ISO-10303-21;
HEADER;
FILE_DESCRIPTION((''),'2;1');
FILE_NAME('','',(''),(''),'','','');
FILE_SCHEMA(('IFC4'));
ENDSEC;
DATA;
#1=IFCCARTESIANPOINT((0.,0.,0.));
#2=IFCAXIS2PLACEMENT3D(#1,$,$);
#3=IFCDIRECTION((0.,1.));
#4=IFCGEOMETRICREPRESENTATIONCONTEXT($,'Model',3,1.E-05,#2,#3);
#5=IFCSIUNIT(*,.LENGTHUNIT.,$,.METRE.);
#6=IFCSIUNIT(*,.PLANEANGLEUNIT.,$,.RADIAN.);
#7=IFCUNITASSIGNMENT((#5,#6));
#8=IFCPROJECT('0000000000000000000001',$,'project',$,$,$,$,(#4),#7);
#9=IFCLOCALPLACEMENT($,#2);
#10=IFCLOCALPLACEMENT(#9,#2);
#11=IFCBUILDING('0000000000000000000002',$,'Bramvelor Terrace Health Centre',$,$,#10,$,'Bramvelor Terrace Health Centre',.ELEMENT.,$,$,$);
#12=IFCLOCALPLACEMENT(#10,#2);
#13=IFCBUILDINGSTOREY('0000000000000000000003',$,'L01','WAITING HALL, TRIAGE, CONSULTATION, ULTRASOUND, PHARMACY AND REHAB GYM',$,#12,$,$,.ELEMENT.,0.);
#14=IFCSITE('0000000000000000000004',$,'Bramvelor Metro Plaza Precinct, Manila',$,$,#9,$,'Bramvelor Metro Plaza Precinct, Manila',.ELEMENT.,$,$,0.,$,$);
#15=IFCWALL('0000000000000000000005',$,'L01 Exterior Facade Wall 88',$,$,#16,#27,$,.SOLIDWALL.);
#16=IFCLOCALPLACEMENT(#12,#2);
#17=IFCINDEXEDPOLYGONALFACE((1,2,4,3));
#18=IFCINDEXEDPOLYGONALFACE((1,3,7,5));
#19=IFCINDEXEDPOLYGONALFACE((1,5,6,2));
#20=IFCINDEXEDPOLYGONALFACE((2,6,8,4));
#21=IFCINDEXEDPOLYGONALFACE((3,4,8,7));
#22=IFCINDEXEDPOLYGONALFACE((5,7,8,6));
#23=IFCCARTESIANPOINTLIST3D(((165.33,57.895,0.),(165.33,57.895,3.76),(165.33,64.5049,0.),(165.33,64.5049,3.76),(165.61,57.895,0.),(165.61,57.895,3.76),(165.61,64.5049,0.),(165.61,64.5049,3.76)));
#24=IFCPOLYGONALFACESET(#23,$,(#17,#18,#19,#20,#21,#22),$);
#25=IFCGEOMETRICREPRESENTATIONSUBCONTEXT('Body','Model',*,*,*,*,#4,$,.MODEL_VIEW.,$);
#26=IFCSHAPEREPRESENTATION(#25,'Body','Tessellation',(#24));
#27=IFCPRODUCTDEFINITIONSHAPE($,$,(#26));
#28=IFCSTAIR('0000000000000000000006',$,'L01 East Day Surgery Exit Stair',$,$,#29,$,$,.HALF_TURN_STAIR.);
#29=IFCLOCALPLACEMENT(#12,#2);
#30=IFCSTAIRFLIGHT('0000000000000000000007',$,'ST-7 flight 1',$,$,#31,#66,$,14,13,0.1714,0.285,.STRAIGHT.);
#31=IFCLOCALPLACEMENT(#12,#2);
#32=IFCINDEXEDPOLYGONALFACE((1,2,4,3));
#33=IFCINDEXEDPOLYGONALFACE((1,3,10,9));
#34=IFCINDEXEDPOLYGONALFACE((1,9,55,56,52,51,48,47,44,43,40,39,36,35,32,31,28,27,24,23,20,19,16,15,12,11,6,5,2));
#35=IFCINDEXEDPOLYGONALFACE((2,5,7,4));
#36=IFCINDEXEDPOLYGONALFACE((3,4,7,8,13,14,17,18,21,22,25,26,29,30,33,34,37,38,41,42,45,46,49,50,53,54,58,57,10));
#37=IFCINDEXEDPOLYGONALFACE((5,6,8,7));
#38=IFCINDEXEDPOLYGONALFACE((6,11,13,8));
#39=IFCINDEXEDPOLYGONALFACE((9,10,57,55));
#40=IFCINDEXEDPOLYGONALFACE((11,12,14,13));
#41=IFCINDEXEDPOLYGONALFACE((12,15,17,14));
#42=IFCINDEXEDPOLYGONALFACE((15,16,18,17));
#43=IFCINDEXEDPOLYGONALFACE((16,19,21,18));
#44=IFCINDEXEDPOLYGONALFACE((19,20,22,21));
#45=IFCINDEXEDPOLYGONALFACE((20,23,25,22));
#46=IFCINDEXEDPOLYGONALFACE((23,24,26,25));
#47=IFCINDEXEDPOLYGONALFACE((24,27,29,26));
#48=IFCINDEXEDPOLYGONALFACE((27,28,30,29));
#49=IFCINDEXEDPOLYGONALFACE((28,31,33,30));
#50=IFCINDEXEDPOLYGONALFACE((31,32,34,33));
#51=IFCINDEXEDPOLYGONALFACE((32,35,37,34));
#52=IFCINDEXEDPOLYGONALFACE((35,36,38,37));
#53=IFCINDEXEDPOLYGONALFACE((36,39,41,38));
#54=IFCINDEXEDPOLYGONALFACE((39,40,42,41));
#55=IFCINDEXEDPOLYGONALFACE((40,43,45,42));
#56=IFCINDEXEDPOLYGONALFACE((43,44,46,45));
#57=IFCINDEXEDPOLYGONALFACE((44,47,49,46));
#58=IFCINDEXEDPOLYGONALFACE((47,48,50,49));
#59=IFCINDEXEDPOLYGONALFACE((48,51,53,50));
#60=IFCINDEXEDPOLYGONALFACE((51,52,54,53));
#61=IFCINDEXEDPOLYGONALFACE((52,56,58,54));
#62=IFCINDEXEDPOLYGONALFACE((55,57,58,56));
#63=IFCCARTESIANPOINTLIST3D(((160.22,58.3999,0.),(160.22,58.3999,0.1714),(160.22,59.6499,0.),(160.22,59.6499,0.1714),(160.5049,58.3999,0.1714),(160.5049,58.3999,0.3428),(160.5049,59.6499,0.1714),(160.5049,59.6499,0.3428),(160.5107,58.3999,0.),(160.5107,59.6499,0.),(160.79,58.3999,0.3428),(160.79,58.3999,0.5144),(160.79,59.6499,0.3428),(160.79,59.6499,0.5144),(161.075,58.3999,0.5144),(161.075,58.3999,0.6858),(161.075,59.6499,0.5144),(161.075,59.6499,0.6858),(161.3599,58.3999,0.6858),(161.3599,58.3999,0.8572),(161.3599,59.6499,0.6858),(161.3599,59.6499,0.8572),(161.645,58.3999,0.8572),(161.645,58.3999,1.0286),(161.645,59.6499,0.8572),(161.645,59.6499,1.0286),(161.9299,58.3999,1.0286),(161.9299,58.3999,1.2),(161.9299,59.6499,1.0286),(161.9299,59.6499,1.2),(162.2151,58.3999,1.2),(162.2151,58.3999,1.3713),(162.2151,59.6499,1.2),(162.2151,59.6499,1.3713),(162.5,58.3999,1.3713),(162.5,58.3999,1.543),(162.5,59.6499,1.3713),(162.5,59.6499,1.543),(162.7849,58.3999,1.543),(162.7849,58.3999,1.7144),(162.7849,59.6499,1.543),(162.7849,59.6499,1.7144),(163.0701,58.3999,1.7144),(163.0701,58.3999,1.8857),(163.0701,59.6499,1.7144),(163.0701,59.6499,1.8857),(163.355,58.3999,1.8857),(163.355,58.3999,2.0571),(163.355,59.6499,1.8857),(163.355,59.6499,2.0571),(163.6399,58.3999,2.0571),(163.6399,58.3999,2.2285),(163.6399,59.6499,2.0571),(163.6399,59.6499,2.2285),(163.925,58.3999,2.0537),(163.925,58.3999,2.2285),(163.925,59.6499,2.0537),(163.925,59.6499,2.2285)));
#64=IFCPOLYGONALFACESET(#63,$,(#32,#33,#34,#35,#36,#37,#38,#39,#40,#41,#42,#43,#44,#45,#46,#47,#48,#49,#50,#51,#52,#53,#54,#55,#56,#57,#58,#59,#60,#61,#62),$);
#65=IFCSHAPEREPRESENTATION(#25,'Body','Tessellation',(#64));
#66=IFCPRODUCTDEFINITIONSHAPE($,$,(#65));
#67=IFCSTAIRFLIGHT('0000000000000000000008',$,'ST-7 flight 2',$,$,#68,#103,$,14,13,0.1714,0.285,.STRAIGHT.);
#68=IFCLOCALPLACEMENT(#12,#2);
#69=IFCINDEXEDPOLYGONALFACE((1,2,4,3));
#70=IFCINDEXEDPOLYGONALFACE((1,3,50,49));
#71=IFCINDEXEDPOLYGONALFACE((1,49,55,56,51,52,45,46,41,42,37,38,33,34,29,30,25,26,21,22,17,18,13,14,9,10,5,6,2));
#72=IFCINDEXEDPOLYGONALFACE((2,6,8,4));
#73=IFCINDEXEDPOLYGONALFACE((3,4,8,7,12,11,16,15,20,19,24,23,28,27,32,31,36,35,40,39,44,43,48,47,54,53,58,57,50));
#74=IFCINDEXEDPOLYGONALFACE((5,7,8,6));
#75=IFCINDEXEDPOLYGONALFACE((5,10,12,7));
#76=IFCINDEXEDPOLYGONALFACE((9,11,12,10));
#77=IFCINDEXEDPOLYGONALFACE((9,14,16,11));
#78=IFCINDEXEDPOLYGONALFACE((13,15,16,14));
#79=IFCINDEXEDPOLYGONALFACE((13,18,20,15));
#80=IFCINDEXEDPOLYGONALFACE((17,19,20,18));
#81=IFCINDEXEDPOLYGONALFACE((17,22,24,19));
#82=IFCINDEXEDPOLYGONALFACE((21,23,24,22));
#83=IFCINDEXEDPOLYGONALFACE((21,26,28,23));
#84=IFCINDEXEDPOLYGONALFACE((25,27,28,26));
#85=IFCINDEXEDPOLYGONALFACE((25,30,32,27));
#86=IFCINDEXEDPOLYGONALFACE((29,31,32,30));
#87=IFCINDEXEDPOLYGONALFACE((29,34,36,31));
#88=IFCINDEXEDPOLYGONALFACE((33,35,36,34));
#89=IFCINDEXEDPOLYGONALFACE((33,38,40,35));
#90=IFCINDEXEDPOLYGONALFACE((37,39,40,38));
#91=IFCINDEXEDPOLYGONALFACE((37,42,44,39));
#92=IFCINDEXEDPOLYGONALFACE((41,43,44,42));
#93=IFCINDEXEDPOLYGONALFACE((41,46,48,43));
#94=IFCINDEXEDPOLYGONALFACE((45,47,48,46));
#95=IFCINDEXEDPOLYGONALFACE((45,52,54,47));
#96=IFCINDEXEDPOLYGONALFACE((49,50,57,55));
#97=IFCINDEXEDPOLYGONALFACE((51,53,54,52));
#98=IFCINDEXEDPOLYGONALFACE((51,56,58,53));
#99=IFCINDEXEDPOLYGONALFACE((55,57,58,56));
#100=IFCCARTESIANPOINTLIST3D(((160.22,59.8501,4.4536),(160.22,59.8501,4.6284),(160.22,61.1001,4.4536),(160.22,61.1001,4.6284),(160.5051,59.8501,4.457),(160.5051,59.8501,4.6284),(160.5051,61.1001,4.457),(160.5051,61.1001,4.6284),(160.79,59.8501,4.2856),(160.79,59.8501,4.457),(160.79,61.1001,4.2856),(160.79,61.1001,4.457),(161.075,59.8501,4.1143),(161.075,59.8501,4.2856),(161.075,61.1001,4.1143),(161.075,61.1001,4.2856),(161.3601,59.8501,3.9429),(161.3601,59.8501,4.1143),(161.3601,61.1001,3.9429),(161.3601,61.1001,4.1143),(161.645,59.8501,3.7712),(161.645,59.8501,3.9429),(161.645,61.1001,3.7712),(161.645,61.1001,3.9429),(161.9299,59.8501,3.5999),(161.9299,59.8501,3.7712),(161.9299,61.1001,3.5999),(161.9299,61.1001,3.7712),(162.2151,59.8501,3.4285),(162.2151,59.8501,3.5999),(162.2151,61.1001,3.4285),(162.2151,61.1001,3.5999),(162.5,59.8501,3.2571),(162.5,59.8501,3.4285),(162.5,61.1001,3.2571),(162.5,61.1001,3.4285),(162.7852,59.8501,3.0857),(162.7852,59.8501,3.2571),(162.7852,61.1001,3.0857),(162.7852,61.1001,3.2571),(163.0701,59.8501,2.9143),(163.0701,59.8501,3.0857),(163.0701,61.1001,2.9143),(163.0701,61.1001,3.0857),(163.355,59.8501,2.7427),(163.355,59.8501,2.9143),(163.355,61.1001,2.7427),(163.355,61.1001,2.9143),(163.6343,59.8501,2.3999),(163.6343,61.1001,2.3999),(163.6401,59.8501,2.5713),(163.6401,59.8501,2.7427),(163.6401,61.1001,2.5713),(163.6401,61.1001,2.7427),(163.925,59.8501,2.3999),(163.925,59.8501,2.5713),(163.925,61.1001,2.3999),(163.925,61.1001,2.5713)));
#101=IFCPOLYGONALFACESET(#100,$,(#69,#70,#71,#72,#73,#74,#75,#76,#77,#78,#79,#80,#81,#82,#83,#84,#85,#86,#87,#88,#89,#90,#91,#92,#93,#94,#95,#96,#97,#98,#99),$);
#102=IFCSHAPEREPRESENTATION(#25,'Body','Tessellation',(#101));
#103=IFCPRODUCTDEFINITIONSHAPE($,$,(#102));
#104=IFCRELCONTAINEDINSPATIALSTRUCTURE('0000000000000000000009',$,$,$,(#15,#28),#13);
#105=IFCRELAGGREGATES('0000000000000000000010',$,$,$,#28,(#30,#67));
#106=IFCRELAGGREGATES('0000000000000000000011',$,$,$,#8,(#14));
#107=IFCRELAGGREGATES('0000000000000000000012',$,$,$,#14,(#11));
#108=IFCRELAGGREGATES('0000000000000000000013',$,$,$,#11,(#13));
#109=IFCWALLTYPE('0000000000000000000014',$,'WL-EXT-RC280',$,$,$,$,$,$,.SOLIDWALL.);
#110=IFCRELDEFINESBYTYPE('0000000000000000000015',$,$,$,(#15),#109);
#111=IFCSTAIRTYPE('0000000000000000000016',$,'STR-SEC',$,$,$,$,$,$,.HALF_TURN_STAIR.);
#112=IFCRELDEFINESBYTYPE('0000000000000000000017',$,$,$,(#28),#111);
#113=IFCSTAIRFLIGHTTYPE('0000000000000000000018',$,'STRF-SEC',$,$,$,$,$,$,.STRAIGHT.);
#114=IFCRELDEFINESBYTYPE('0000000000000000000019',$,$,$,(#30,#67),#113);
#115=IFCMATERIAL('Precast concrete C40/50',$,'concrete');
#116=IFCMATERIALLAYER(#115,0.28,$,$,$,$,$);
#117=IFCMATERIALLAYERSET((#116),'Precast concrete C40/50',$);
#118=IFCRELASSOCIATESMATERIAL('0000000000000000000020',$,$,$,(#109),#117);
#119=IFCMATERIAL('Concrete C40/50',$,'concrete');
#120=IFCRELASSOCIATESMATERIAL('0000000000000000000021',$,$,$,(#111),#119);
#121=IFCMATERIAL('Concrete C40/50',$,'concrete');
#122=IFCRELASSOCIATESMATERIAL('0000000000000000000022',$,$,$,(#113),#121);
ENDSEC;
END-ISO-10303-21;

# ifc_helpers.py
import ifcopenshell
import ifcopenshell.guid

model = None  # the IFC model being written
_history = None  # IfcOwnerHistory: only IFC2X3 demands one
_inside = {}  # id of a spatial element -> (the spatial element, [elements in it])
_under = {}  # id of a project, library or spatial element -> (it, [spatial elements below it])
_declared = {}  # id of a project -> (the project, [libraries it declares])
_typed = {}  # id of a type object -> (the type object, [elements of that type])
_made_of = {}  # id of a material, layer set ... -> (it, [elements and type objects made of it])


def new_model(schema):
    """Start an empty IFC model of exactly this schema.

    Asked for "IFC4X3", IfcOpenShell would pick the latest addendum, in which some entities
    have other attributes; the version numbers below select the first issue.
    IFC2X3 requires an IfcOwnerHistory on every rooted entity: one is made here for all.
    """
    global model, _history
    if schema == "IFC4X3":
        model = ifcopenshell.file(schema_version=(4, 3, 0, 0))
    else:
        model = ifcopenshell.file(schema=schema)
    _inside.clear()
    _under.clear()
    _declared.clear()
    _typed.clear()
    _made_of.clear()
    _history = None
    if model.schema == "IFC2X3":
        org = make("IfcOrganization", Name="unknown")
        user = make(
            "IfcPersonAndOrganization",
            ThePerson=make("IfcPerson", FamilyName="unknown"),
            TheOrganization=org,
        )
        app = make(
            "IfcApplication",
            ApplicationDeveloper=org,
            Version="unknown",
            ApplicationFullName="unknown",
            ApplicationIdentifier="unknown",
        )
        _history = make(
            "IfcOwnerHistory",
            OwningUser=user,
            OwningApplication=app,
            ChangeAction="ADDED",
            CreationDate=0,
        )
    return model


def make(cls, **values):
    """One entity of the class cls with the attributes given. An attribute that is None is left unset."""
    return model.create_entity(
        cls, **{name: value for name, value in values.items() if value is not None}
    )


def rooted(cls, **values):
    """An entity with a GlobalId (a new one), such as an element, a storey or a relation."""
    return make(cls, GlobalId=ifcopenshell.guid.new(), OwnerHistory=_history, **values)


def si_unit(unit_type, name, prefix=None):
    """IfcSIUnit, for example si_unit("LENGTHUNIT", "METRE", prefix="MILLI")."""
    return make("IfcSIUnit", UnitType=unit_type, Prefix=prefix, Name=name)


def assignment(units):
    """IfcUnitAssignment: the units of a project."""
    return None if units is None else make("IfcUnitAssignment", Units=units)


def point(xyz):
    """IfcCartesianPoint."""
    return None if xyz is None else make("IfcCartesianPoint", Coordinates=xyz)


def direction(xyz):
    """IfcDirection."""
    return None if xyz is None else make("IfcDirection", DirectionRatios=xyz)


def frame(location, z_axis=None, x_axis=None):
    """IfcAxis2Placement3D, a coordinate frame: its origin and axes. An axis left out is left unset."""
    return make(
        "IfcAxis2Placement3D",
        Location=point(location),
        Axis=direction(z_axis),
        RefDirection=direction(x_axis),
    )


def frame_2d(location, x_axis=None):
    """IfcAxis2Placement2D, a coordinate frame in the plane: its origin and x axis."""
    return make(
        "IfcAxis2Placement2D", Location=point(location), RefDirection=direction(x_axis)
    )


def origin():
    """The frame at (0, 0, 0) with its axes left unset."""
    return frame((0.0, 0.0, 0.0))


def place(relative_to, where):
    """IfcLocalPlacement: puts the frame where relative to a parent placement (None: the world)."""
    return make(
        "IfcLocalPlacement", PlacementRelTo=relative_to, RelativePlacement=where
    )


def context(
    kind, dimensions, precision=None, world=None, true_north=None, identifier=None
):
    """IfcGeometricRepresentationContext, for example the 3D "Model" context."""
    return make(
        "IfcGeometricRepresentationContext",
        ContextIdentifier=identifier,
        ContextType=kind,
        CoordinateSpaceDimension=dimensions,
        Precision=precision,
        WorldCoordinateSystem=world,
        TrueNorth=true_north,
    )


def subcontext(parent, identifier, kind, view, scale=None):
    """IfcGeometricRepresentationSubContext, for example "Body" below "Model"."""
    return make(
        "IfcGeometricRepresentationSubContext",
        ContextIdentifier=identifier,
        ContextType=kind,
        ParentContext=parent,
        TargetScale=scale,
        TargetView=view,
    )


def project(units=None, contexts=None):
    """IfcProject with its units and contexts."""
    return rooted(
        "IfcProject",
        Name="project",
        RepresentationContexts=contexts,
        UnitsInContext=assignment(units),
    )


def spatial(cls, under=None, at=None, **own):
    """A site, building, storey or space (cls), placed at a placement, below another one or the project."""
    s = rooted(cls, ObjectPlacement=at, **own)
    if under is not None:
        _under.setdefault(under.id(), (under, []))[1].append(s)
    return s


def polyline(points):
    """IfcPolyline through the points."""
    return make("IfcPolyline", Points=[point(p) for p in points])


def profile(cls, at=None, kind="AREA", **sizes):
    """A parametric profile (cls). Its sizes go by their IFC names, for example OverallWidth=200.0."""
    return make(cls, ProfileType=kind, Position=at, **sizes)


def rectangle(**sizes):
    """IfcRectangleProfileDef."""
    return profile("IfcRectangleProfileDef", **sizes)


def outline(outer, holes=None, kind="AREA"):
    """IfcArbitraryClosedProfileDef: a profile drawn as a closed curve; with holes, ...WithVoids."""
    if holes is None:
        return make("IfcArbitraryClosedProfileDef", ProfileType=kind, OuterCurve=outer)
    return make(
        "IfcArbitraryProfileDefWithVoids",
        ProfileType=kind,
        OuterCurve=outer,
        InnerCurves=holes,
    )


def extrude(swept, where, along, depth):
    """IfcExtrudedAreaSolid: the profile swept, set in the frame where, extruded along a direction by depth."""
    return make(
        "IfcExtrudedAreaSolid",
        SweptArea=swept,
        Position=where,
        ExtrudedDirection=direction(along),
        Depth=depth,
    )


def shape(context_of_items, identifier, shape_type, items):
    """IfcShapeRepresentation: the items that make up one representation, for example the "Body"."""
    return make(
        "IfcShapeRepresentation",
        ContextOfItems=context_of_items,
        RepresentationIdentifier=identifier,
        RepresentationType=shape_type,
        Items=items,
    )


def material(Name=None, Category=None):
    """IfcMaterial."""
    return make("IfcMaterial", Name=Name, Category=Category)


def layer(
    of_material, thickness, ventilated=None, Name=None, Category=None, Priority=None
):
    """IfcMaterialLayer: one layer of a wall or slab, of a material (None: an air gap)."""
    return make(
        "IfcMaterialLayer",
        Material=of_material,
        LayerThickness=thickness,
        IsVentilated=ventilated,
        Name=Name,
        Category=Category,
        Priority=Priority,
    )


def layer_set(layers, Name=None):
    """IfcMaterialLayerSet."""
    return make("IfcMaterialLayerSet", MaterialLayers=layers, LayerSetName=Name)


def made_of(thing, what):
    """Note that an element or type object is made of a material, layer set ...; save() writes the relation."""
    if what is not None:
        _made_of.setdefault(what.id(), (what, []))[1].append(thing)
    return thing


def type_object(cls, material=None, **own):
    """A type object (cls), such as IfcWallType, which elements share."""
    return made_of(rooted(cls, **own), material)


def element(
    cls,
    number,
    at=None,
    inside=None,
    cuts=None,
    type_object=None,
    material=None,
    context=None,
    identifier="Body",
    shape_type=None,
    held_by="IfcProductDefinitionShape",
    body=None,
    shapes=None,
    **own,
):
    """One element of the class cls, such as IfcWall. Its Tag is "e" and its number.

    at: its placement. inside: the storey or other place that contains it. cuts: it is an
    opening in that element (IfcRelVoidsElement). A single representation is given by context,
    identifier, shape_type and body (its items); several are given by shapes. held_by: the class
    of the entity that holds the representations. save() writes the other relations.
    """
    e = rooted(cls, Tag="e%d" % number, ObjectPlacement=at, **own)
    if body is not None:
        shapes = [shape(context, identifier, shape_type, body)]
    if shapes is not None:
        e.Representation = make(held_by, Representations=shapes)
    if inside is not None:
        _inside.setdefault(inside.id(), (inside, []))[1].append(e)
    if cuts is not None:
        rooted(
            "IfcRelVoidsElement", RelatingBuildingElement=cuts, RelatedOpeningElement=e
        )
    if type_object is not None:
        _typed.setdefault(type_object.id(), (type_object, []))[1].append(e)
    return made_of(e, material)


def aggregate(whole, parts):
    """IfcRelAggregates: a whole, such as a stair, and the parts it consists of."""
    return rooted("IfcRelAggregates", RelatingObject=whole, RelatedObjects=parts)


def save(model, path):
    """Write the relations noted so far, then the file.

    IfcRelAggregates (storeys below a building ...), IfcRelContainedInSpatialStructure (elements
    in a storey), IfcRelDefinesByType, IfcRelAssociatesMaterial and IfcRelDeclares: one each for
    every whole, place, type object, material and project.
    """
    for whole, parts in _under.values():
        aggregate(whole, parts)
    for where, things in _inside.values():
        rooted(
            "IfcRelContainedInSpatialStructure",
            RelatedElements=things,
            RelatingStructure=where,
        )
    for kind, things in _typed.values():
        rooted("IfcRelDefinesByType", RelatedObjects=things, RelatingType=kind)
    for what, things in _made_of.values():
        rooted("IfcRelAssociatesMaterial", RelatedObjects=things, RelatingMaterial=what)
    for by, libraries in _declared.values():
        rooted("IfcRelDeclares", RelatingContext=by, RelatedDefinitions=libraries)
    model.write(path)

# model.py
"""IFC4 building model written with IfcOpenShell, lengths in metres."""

from ifc_helpers import new_model, si_unit, direction, frame, frame_2d, origin, place, context, subcontext, project, spatial, polyline, rectangle, outline, extrude, material, layer, layer_set, type_object, element, aggregate, save


model = new_model("IFC4")

# Units and contexts
model_context = context("Model", 3, precision=1e-05, world=origin(), true_north=direction((0.0, 1.0)))
body_context = subcontext(model_context, "Body", "Model", "MODEL_VIEW")
ifc_project = project(units=[si_unit("LENGTHUNIT", "METRE"), si_unit("PLANEANGLEUNIT", "RADIAN")], contexts=[model_context])

# Site, building, storey
site_placement = place(None, origin())
site = spatial("IfcSite", under=ifc_project, at=site_placement, Name="Bramvelor Metro Plaza Precinct, Manila", LongName="Bramvelor Metro Plaza Precinct, Manila", CompositionType="ELEMENT", RefElevation=0.0)
building_placement = place(site_placement, origin())
building = spatial("IfcBuilding", under=site, at=building_placement, Name="Bramvelor Terrace Health Centre", LongName="Bramvelor Terrace Health Centre", CompositionType="ELEMENT")
storey_placement = place(building_placement, origin())
storey = spatial("IfcBuildingStorey", under=building, at=storey_placement, Name="L01", Description="WAITING HALL, TRIAGE, CONSULTATION, ULTRASOUND, PHARMACY AND REHAB GYM", CompositionType="ELEMENT", Elevation=0.0)

# Wall
ifc_material_1 = material(Name="Precast concrete C40/50", Category="concrete")
ifc_layer_1 = layer(ifc_material_1, 0.28)
ifc_layer_set_1 = layer_set([ifc_layer_1], Name="Precast concrete C40/50")
wall_type_1 = type_object("IfcWallType", Name="WL-EXT-RC280", PredefinedType="SOLIDWALL", material=ifc_layer_set_1)
wall_1_placement = place(storey_placement, frame((165.47, 64.5049, 0.0), z_axis=(0.0, 0.0, 1.0), x_axis=(0.0, -1.0, 0.0)))
element("IfcWall", 1, at=wall_1_placement, inside=storey, type_object=wall_type_1, Name="L01 Exterior Facade Wall 88", PredefinedType="SOLIDWALL", context=body_context, shape_type="SweptSolid", body=[
    extrude(rectangle(XDim=6.6099, YDim=0.28, at=frame_2d((3.3049, 0.0))), origin(), (0.0, 0.0, 1.0), 3.76),
])

# Stair, stair flights
ifc_material_2 = material(Name="Concrete C40/50", Category="concrete")
stair_type = type_object("IfcStairType", Name="STR-SEC", PredefinedType="HALF_TURN_STAIR", material=ifc_material_2)
stair_placement = place(storey_placement, origin())
stair = element("IfcStair", 2, at=stair_placement, inside=storey, type_object=stair_type, Name="L01 East Day Surgery Exit Stair", PredefinedType="HALF_TURN_STAIR")
ifc_material_3 = material(Name="Concrete C40/50", Category="concrete")
stair_flight_type = type_object("IfcStairFlightType", Name="STRF-SEC", PredefinedType="STRAIGHT", material=ifc_material_3)
stair_flight_1_placement = place(storey_placement, frame((160.22, 59.0249, 0.0), z_axis=(0.0, 0.0, 1.0), x_axis=(1.0, 0.0, 0.0)))
stair_flight_1 = element("IfcStairFlight", 3, at=stair_flight_1_placement, type_object=stair_flight_type, Name="ST-7 flight 1", NumberOfRisers=14, NumberOfTreads=13, PredefinedType="STRAIGHT", RiserHeight=0.1714, TreadLength=0.285, context=body_context, shape_type="SweptSolid", body=[
    extrude(outline(polyline([(0.0, 0.0), (0.0, 0.1714), (0.2849, 0.1714), (0.2849, 0.3428), (0.5701, 0.3428), (0.5701, 0.5144), (0.855, 0.5144), (0.855, 0.6858), (1.1399, 0.6858), (1.1399, 0.8572), (1.425, 0.8572), (1.425, 1.0286), (1.71, 1.0286), (1.71, 1.2), (1.9951, 1.2), (1.9951, 1.3713), (2.28, 1.3713), (2.28, 1.543), (2.5649, 1.543), (2.5649, 1.7144), (2.8501, 1.7144), (2.8501, 1.8857), (3.135, 1.8857), (3.135, 2.0571), (3.4199, 2.0571), (3.4199, 2.2285), (3.7051, 2.2285), (3.7051, 2.3999), (3.7051, 2.0537), (0.2908, 0.0), (0.0, 0.0)])), frame((0.0, 0.625, 0.0), z_axis=(0.0, -1.0, 0.0), x_axis=(1.0, 0.0, 0.0)), (0.0, 0.0, 1.0), 1.25),
])
stair_flight_2_placement = place(storey_placement, frame((163.925, 60.4751, 2.3999), z_axis=(0.0, 0.0, 1.0), x_axis=(-1.0, 0.0, 0.0)))
stair_flight_2 = element("IfcStairFlight", 4, at=stair_flight_2_placement, type_object=stair_flight_type, Name="ST-7 flight 2", NumberOfRisers=14, NumberOfTreads=13, PredefinedType="STRAIGHT", RiserHeight=0.1714, TreadLength=0.285, context=body_context, shape_type="SweptSolid", body=[
    extrude(outline(polyline([(0.0, 0.0), (0.0, 0.1714), (0.2849, 0.1714), (0.2849, 0.3428), (0.5701, 0.3428), (0.5701, 0.5144), (0.855, 0.5144), (0.855, 0.6858), (1.1399, 0.6858), (1.1399, 0.8572), (1.425, 0.8572), (1.425, 1.0286), (1.71, 1.0286), (1.71, 1.2), (1.9951, 1.2), (1.9951, 1.3713), (2.28, 1.3713), (2.28, 1.543), (2.5649, 1.543), (2.5649, 1.7144), (2.8501, 1.7144), (2.8501, 1.8857), (3.135, 1.8857), (3.135, 2.0571), (3.4199, 2.0571), (3.4199, 2.2285), (3.7051, 2.2285), (3.7051, 2.3999), (3.7051, 2.0537), (0.2908, 0.0), (0.0, 0.0)])), frame((0.0, 0.625, 0.0), z_axis=(0.0, -1.0, 0.0), x_axis=(1.0, 0.0, 0.0)), (0.0, 0.0, 1.0), 1.25),
])
aggregate(stair, [stair_flight_1, stair_flight_2])

save(model, "model.ifc")
